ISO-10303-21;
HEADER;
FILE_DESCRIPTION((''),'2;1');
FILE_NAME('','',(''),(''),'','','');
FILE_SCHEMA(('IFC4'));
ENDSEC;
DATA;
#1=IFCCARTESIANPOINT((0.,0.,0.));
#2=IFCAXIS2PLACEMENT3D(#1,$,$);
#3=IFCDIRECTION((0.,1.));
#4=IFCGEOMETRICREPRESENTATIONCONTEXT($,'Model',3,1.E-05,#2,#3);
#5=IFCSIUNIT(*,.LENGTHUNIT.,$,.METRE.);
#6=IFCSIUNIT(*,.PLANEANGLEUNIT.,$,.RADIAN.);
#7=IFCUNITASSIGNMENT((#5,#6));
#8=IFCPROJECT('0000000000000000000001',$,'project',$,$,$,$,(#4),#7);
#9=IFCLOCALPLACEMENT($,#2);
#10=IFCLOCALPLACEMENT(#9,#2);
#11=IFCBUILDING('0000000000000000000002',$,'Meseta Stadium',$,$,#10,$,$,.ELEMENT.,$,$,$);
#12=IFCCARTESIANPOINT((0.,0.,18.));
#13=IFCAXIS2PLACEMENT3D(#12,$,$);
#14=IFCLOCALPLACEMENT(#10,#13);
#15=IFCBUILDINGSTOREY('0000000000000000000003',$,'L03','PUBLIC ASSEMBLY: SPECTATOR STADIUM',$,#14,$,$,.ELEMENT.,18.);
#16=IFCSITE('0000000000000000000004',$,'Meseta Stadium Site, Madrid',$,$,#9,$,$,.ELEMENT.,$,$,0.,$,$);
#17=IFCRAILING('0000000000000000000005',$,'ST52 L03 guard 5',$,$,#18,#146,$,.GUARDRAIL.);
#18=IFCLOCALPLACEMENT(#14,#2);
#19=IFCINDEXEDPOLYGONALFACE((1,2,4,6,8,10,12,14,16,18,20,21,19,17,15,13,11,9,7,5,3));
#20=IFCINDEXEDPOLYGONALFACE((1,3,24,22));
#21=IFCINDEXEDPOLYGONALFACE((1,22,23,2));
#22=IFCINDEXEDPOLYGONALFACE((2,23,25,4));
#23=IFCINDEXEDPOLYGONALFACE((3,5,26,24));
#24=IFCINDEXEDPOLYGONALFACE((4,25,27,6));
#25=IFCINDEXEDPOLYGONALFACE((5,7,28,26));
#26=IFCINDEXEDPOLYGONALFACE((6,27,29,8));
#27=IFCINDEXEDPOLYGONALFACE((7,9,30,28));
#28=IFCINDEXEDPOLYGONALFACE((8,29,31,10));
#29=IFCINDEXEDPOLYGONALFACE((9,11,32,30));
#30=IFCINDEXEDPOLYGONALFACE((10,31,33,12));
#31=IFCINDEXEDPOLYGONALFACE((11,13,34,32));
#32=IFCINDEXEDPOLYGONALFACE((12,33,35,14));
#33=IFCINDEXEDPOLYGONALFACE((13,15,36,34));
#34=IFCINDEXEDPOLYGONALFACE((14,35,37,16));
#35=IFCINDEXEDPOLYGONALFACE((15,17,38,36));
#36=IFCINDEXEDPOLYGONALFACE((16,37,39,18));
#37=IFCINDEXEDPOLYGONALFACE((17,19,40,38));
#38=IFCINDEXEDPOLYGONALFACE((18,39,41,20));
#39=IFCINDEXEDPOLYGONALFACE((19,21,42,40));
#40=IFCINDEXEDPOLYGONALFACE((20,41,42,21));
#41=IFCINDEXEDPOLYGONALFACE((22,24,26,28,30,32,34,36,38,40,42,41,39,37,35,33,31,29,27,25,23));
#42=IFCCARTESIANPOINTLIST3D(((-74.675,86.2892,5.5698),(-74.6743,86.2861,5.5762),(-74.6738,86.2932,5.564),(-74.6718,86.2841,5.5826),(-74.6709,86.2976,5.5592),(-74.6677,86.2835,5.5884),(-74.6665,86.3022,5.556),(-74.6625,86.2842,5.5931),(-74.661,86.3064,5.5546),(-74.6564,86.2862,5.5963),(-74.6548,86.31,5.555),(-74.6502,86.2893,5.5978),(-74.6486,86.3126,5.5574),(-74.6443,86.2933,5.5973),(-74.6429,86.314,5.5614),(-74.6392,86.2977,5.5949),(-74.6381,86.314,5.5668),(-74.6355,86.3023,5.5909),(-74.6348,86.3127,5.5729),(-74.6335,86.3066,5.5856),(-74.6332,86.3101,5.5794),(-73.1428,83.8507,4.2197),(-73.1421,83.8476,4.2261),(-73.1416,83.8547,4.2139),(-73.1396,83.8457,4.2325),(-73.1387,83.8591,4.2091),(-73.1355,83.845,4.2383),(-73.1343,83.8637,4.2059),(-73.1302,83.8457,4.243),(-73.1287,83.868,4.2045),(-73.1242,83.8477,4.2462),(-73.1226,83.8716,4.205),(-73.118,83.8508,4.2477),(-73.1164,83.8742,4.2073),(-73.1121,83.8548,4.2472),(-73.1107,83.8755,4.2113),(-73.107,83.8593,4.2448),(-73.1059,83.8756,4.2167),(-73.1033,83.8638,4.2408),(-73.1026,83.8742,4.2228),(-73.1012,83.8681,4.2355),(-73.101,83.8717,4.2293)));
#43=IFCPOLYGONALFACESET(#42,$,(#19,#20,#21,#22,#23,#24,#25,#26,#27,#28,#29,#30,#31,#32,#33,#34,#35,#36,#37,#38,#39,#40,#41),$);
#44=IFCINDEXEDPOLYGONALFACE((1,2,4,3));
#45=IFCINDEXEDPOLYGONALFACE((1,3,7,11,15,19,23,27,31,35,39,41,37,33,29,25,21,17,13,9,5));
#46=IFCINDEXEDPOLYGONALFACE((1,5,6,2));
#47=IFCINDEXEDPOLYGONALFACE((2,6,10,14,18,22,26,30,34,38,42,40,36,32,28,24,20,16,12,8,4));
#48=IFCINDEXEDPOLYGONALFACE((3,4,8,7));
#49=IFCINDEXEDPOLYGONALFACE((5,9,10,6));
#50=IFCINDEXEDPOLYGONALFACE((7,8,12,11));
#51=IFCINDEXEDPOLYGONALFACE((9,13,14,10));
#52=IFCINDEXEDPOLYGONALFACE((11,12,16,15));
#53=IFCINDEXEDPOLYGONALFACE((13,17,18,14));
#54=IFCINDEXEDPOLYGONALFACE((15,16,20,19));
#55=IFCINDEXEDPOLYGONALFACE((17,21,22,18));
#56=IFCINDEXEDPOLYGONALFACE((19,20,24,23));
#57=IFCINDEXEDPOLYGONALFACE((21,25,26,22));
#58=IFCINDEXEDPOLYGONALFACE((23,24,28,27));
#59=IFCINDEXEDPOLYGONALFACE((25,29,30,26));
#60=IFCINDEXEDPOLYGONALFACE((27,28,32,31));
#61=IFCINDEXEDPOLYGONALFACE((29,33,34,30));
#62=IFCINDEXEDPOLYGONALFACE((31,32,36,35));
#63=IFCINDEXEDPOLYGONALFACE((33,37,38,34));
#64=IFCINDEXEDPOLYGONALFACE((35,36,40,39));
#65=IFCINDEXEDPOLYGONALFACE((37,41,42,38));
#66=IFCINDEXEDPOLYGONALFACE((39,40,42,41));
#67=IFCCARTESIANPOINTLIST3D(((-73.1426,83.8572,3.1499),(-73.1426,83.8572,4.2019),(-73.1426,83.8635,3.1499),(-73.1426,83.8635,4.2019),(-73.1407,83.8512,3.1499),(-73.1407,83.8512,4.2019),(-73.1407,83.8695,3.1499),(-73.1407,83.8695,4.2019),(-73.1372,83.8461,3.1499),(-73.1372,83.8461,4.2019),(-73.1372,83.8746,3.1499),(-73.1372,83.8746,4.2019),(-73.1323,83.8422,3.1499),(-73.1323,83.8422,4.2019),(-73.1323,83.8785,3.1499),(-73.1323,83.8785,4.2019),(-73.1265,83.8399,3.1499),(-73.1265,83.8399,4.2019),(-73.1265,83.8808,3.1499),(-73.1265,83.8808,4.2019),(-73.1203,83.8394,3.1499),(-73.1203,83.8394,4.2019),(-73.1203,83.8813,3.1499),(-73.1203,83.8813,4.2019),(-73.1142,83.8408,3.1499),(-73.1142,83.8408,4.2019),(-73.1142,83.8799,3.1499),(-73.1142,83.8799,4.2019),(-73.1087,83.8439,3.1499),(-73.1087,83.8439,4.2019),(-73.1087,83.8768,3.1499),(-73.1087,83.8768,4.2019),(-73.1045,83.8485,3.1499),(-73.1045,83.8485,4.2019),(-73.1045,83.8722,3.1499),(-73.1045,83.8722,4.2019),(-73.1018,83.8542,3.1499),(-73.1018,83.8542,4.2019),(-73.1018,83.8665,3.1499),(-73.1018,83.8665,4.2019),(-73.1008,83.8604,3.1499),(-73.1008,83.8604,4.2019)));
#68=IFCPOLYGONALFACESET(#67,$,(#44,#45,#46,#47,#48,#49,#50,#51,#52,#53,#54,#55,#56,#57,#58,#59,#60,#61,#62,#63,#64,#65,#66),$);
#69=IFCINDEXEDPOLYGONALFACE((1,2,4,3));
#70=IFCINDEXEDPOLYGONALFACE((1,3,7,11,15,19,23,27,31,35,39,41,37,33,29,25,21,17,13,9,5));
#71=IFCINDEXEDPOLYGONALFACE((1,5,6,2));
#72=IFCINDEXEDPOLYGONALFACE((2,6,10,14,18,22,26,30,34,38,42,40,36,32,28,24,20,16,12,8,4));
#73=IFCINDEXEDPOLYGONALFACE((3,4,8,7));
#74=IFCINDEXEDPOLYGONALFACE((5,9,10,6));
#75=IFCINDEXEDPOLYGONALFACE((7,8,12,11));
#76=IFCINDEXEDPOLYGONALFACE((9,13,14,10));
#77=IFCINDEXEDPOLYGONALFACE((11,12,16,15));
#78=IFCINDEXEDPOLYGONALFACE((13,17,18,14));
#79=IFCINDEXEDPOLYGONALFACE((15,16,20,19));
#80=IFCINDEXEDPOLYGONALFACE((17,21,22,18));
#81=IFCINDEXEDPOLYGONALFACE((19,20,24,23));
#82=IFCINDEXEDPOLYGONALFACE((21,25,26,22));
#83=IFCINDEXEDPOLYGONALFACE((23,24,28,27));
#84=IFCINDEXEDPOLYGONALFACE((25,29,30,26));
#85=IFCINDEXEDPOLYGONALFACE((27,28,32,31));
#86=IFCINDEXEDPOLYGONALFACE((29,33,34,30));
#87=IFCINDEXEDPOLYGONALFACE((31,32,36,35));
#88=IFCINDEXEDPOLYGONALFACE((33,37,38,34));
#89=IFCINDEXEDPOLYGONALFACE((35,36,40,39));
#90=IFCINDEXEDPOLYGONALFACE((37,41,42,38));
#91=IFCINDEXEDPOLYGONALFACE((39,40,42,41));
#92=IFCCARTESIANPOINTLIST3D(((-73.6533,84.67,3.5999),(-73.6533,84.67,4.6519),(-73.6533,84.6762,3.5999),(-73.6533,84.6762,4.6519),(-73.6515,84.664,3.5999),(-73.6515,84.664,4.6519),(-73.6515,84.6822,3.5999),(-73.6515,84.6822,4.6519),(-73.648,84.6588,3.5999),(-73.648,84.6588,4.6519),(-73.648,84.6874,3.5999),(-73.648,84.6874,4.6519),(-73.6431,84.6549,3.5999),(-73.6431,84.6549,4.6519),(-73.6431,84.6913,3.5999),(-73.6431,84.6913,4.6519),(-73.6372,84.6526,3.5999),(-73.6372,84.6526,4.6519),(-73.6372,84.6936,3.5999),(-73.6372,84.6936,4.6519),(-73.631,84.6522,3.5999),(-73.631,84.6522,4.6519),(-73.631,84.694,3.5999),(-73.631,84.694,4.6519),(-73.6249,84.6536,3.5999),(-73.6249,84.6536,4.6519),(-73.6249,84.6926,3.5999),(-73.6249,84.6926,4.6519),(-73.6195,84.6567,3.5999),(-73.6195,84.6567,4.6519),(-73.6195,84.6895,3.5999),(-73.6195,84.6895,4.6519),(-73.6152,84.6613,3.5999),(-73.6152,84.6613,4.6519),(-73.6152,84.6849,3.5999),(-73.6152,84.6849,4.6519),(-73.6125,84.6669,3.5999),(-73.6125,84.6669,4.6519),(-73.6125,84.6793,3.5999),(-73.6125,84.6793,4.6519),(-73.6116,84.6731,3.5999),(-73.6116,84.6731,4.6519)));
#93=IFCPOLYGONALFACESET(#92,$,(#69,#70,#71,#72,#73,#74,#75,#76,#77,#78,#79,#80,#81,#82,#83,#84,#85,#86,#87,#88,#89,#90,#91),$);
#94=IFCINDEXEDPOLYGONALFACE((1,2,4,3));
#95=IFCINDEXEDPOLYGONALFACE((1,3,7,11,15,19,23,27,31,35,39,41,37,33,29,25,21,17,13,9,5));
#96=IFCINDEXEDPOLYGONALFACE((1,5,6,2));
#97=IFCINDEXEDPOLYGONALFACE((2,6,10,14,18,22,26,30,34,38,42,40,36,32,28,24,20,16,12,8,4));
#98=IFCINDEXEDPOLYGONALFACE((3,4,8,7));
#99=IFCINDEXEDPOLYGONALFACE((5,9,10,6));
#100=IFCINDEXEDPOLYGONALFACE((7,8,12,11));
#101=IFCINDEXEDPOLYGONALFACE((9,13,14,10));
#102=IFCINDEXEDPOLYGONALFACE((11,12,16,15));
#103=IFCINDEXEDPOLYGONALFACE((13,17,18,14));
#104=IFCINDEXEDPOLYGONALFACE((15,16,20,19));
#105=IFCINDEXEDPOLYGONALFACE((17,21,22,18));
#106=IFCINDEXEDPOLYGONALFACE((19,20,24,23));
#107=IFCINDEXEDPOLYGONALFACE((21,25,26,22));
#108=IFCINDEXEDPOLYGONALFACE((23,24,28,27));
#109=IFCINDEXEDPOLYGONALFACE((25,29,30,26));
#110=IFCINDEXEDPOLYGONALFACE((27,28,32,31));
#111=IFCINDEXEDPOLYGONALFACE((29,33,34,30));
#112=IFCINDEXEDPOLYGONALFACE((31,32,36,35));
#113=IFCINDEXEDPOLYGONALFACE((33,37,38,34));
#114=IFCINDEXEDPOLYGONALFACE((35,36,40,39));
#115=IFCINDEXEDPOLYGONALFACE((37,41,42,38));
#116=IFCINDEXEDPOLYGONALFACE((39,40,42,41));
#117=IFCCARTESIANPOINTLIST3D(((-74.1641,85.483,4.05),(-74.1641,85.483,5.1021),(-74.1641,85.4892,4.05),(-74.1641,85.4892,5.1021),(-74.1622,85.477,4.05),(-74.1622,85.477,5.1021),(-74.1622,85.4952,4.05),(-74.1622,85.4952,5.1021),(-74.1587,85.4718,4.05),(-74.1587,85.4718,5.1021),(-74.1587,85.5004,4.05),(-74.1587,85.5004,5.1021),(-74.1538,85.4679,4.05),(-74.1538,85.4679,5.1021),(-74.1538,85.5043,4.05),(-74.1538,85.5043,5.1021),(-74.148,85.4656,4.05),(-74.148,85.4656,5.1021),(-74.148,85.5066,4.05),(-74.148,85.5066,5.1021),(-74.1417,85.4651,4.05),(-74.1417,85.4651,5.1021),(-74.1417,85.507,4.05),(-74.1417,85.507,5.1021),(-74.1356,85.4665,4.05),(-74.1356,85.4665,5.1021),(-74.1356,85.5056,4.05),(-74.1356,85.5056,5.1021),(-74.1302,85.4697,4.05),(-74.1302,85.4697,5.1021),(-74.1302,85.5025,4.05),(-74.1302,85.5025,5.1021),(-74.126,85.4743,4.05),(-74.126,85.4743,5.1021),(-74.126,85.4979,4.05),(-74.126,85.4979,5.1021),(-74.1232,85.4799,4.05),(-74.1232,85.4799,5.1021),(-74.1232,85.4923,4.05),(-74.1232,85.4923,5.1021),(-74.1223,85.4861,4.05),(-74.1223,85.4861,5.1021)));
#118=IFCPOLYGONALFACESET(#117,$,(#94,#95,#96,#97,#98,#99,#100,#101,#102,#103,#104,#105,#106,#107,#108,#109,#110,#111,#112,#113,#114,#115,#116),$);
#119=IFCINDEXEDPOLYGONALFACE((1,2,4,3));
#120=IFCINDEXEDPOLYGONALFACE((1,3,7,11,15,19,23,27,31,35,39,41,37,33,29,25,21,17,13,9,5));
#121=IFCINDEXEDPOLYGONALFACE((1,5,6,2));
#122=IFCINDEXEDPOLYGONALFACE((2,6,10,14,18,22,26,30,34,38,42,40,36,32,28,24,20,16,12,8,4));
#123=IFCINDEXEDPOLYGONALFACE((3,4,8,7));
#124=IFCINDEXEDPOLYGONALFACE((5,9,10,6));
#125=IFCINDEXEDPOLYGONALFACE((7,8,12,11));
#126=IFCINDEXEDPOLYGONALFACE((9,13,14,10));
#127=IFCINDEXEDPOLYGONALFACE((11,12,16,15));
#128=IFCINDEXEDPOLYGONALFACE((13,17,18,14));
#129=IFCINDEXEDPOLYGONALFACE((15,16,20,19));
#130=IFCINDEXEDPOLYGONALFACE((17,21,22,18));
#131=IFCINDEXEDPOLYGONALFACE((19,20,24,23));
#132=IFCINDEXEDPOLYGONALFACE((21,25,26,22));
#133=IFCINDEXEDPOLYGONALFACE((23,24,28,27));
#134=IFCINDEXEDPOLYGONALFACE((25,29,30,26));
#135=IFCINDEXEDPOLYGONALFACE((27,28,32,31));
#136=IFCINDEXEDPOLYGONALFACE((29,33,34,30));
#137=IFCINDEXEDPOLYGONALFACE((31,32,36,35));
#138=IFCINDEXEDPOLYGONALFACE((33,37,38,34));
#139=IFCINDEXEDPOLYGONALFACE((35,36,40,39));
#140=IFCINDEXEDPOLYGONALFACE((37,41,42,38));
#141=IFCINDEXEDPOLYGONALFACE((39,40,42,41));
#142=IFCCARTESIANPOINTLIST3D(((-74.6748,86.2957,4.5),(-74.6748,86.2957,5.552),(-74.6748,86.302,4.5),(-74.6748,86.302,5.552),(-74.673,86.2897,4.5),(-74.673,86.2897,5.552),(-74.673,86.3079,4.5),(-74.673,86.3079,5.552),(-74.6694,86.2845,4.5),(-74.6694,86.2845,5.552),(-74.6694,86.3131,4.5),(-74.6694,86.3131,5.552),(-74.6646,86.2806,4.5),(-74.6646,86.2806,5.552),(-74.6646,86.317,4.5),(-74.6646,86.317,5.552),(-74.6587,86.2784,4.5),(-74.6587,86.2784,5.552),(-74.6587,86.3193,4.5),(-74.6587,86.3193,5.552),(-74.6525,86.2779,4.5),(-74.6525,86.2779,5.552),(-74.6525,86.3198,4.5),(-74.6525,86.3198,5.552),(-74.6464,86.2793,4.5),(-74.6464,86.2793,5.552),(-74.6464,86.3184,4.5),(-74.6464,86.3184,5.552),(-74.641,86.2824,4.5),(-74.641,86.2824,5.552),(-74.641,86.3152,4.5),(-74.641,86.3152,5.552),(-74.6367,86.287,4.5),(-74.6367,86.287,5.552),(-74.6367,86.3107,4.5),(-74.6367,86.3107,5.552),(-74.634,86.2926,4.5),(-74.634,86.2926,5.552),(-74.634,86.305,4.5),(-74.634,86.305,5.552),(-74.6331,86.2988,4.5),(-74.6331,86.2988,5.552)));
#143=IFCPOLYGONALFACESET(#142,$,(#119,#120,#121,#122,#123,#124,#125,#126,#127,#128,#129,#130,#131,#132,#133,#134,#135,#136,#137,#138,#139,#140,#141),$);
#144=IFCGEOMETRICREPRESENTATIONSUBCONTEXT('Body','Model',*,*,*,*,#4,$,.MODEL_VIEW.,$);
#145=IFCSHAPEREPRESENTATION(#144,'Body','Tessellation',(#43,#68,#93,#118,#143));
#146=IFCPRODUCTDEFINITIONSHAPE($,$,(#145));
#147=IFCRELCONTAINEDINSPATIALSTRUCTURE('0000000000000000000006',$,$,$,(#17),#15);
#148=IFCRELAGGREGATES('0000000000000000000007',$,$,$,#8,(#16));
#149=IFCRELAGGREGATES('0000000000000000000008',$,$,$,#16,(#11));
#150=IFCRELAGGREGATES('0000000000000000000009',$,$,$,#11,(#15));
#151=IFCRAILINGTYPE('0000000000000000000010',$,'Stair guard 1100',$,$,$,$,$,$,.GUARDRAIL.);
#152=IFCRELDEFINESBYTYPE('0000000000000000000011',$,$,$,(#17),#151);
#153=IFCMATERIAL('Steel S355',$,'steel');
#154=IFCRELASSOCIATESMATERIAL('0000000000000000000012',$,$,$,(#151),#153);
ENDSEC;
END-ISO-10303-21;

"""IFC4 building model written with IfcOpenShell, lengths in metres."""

from ifc_helpers import new_model, si_unit, direction, frame, origin, origin_2d, place, context, subcontext, project, spatial, circle, extrude, material, type_object, element, save


model = new_model("IFC4")

# Units and contexts
model_context = context("Model", 3, precision=1e-05, world=origin(), true_north=direction((0.0, 1.0)))
body_context = subcontext(model_context, "Body", "Model", "MODEL_VIEW")
ifc_project = project(units=[si_unit("LENGTHUNIT", "METRE"), si_unit("PLANEANGLEUNIT", "RADIAN")], contexts=[model_context])

# Site, building, storey
site_placement = place(None, origin())
site = spatial("IfcSite", under=ifc_project, at=site_placement, Name="Meseta Stadium Site, Madrid", CompositionType="ELEMENT", RefElevation=0.0)
building_placement = place(site_placement, origin())
building = spatial("IfcBuilding", under=site, at=building_placement, Name="Meseta Stadium", CompositionType="ELEMENT")
storey_placement = place(building_placement, frame((0.0, 0.0, 18.0)))
storey = spatial("IfcBuildingStorey", under=building, at=storey_placement, Name="L03", Description="PUBLIC ASSEMBLY: SPECTATOR STADIUM", CompositionType="ELEMENT", Elevation=18.0)

# Railing
ifc_material_1 = material(Name="Steel S355", Category="steel")
railing_type_1 = type_object("IfcRailingType", Name="Stair guard 1100", PredefinedType="GUARDRAIL", material=ifc_material_1)
railing_1_placement = place(storey_placement, frame((-73.1218, 83.8604, 3.1499)))
element("IfcRailing", 1, at=railing_1_placement, inside=storey, type_object=railing_type_1, Name="ST52 L03 guard 5", PredefinedType="GUARDRAIL", context=body_context, shape_type="SweptSolid", body=[
    extrude(circle(Radius=0.0239, at=origin_2d()), frame((0.0, 0.0, 1.0762), z_axis=(-0.481731, 0.766655, 0.42447), x_axis=(-0.846719, -0.53204, 0.0)), (0.0, 0.0, 1.0), 3.1807),
    extrude(circle(Radius=0.021, at=origin_2d()), origin(), (0.0, 0.0, 1.0), 1.052),
    extrude(circle(Radius=0.021, at=origin_2d()), frame((-0.5107, 0.8127, 0.45)), (0.0, 0.0, 1.0), 1.052),
    extrude(circle(Radius=0.021, at=origin_2d()), frame((-1.0215, 1.6257, 0.9001)), (0.0, 0.0, 1.0), 1.052),
    extrude(circle(Radius=0.021, at=origin_2d()), frame((-1.5322, 2.4385, 1.3501)), (0.0, 0.0, 1.0), 1.052),
])

save(model, "model.ifc")
